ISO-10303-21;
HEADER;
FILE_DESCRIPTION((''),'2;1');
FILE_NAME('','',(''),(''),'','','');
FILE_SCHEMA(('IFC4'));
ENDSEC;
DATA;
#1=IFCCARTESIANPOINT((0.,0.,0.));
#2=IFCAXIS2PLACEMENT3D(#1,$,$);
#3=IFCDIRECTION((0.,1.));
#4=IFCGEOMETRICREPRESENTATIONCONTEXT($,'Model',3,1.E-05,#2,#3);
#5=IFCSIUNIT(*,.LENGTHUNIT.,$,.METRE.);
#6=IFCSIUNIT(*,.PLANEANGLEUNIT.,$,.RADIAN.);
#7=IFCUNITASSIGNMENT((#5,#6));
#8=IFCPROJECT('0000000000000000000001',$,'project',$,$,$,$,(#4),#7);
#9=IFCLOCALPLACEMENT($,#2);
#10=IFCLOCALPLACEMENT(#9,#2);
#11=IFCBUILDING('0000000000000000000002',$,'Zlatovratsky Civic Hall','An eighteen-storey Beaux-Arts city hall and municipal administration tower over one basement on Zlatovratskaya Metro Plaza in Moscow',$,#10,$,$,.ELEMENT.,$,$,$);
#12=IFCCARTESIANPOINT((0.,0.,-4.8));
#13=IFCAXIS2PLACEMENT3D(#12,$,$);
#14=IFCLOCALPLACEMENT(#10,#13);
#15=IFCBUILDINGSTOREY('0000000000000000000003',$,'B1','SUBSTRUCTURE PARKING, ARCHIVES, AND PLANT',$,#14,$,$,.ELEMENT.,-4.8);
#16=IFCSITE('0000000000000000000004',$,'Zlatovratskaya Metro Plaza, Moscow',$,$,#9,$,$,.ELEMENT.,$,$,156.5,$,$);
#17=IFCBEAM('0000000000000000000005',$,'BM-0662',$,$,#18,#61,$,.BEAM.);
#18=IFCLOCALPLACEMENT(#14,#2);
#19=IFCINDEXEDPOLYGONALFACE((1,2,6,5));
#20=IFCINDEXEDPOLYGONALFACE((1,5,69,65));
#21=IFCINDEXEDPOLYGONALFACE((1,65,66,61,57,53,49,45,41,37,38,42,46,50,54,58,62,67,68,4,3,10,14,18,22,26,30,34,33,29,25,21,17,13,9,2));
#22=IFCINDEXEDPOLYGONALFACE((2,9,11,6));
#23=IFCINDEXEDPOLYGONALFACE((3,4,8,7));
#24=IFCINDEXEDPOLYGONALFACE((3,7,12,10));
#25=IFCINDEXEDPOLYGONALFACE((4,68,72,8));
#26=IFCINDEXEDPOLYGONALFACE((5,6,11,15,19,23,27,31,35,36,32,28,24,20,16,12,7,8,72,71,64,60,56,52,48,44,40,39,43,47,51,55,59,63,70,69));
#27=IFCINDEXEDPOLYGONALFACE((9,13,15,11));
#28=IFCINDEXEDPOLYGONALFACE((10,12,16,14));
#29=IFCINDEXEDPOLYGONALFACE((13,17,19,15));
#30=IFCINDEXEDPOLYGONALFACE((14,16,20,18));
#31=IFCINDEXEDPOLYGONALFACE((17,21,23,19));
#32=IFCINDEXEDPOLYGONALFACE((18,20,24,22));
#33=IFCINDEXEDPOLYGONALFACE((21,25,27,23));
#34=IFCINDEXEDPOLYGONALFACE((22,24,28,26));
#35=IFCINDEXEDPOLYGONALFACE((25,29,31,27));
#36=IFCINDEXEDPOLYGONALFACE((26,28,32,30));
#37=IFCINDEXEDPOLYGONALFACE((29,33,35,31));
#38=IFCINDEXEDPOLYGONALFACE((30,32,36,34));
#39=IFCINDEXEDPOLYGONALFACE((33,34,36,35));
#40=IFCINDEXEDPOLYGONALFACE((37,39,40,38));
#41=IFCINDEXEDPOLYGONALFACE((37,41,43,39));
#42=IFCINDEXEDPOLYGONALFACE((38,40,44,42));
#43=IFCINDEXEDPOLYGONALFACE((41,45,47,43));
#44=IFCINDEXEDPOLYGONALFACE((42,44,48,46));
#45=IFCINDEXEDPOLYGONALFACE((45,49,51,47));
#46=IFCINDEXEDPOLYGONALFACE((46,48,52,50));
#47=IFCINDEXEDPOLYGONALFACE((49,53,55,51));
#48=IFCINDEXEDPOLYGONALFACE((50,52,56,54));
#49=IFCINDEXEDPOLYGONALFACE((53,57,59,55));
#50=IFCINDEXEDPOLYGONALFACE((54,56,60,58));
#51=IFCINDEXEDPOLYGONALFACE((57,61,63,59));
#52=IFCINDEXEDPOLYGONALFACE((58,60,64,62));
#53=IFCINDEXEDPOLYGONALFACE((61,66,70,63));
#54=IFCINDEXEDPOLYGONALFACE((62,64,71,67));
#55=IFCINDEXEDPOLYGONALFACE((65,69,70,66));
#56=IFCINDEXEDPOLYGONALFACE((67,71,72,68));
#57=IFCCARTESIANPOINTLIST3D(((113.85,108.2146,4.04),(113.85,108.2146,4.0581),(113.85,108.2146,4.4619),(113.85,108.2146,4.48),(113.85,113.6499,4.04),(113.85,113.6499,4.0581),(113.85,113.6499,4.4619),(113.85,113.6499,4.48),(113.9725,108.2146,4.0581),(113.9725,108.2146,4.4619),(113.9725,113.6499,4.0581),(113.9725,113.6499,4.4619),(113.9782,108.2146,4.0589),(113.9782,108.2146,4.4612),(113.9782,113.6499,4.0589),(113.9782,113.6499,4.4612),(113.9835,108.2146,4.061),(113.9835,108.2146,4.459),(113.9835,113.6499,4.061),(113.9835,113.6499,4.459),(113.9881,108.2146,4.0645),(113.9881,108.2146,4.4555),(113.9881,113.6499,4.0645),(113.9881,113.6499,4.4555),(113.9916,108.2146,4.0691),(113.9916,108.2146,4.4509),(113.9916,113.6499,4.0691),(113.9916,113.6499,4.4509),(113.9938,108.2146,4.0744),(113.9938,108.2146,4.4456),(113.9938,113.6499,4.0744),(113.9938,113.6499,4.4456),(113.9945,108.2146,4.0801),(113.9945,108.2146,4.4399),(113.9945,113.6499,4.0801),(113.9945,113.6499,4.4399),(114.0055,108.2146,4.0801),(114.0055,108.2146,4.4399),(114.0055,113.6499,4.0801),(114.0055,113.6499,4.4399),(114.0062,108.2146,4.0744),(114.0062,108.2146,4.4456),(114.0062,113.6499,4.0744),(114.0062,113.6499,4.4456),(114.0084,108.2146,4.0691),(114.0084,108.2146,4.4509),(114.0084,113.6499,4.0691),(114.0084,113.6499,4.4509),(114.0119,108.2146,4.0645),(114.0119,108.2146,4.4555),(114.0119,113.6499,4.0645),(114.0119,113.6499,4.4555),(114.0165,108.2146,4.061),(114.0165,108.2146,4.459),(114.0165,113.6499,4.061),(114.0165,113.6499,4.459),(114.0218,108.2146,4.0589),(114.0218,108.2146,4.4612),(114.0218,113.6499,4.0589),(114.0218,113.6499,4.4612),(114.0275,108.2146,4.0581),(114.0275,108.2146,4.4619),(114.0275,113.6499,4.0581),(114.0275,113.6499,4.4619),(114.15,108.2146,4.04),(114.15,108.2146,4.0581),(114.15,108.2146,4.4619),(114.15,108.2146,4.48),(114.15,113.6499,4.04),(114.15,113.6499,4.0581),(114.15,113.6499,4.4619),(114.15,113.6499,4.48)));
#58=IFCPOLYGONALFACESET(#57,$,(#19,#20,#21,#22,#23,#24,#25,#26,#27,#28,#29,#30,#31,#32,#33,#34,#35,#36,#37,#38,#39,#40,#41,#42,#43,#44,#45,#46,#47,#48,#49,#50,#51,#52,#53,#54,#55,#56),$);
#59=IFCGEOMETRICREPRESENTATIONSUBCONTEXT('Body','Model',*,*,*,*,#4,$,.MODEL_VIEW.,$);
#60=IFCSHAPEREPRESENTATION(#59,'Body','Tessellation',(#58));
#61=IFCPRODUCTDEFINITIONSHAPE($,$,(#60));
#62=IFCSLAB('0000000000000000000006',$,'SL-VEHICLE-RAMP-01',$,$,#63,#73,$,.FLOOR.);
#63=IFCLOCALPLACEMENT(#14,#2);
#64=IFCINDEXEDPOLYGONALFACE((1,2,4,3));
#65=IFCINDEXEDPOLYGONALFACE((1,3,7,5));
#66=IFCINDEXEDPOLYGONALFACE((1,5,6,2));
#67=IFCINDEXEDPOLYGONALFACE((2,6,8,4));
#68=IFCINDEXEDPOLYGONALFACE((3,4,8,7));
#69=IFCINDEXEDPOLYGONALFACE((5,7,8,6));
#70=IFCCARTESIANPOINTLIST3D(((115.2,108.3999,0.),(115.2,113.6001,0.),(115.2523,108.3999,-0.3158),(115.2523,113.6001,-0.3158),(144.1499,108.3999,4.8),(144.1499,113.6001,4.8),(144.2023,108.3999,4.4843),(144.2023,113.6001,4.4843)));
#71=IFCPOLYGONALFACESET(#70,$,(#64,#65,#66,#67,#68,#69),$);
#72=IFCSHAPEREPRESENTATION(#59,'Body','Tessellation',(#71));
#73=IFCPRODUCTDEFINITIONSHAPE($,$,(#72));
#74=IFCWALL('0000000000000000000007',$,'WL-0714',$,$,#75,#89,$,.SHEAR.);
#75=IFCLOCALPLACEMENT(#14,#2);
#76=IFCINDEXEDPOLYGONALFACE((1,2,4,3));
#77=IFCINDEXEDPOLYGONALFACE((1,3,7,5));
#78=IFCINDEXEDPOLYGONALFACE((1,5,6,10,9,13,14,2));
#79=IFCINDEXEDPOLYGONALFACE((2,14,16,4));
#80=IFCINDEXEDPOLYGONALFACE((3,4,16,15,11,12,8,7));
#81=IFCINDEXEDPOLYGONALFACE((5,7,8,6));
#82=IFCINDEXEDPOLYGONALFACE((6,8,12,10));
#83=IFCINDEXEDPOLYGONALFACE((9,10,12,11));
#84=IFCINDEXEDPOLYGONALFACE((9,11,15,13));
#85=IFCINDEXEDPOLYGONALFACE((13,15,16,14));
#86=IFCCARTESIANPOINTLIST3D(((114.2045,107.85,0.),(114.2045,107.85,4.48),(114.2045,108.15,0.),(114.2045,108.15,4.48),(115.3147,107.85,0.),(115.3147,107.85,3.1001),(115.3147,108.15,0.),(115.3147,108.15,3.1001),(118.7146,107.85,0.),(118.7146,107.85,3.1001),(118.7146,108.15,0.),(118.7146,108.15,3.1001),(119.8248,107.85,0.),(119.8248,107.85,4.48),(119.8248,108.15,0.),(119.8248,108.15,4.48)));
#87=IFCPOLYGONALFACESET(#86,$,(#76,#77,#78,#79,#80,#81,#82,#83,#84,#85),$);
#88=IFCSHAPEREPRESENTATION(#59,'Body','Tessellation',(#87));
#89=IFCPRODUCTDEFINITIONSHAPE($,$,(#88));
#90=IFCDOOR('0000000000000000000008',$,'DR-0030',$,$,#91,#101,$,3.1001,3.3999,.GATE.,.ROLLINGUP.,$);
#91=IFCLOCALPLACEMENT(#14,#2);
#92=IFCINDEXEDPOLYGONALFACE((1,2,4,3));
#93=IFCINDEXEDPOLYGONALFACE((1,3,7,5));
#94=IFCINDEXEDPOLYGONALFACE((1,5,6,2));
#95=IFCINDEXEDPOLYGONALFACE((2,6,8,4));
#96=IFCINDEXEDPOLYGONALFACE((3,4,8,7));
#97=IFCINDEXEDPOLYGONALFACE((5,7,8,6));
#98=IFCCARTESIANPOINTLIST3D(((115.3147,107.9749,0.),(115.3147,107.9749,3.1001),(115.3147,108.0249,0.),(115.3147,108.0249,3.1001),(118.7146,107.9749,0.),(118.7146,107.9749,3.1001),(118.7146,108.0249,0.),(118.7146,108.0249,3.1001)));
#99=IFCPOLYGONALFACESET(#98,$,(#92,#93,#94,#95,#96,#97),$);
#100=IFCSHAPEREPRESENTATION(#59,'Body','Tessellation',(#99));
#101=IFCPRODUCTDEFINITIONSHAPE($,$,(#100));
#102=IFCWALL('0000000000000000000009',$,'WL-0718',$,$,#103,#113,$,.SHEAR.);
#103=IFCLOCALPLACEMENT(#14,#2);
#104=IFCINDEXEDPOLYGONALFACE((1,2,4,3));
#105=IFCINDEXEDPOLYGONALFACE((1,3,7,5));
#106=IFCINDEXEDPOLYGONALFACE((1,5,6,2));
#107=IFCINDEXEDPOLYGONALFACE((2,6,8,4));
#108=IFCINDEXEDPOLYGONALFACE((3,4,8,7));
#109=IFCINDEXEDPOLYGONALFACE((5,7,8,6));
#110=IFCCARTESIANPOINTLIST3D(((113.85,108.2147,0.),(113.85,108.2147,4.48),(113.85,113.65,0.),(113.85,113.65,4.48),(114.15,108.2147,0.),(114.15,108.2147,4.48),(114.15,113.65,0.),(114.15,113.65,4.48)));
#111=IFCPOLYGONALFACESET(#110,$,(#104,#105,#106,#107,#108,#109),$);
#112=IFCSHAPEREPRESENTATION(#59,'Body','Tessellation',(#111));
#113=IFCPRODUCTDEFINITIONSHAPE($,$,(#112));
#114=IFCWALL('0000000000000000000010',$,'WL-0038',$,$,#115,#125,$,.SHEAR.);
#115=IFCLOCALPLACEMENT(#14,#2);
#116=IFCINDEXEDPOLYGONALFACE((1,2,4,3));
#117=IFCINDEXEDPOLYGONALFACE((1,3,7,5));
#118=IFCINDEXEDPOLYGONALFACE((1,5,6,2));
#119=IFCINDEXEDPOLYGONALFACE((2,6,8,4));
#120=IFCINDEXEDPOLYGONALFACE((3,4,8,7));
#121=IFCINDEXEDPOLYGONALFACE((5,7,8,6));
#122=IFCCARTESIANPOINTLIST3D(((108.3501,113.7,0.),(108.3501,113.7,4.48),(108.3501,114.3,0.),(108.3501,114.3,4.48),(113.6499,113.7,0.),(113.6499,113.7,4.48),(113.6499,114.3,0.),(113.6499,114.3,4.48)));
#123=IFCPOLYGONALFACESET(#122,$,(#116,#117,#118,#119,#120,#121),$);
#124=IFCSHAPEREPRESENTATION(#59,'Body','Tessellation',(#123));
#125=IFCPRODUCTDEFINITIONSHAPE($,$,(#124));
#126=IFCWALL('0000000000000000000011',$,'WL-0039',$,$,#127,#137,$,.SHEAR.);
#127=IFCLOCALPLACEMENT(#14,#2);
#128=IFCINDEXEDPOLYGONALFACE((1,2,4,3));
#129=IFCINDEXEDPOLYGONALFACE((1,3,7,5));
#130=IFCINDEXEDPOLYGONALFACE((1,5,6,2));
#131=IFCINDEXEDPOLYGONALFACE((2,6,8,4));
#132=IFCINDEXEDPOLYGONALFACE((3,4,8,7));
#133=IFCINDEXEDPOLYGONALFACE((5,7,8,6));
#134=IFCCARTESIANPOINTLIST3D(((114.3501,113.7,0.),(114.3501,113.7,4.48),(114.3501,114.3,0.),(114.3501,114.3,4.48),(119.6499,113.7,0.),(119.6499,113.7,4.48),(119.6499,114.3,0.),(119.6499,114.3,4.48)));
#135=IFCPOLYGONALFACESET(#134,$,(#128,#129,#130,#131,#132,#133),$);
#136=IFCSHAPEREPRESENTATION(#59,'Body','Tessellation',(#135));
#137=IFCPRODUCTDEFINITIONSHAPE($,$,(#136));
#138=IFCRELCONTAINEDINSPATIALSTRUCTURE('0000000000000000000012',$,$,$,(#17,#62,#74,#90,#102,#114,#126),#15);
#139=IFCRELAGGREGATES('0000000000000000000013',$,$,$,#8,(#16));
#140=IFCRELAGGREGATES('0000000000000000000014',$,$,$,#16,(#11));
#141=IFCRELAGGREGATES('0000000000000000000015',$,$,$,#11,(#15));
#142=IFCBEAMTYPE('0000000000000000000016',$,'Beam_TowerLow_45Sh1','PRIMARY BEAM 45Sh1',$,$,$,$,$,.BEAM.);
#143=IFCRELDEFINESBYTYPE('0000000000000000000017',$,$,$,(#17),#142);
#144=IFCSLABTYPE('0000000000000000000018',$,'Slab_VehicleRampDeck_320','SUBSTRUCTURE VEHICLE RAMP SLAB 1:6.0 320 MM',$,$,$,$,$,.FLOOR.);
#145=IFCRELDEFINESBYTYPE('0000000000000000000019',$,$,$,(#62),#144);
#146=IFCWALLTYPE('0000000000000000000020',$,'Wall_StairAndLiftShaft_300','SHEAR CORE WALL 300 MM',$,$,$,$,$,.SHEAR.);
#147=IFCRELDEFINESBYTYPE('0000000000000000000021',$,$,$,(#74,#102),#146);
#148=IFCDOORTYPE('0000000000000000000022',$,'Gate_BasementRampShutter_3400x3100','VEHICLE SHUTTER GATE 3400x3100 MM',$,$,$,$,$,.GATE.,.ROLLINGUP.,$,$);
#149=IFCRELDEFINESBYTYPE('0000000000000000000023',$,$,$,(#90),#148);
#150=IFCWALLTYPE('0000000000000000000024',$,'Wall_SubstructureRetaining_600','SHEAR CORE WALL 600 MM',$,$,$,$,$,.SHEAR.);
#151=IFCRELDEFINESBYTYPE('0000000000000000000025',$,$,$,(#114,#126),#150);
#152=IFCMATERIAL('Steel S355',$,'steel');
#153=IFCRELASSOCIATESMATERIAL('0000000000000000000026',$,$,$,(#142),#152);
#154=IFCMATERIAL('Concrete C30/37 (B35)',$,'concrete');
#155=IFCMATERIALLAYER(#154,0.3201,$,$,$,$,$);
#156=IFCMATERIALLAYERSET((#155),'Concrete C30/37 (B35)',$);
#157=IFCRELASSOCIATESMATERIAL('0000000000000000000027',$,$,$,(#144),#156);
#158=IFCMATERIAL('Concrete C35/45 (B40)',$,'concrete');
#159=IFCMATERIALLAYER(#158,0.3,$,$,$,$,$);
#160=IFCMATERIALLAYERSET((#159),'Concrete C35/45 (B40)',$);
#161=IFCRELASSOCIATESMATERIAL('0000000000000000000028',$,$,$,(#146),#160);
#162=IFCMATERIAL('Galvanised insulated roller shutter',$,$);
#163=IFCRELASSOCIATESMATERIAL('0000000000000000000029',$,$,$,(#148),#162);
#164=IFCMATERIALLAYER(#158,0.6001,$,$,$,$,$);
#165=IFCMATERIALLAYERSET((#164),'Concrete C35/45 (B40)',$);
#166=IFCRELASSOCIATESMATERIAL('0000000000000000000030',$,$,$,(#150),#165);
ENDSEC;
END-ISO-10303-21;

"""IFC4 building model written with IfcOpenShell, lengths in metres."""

from ifc_helpers import new_model, si_unit, direction, frame, frame_2d, origin, origin_2d, place, context, subcontext, project, spatial, polyline, rectangle, i_section, outline, extrude, material, layer, layer_set, material_profile, profile_set, type_object, element, fill, save


model = new_model("IFC4")

# Units and contexts
model_context = context("Model", 3, precision=1e-05, world=origin(), true_north=direction((0.0, 1.0)))
body_context = subcontext(model_context, "Body", "Model", "MODEL_VIEW")
ifc_project = project(units=[si_unit("LENGTHUNIT", "METRE"), si_unit("PLANEANGLEUNIT", "RADIAN")], contexts=[model_context])

# Site, building, storey
site_placement = place(None, origin())
site = spatial("IfcSite", under=ifc_project, at=site_placement, Name="Zlatovratskaya Metro Plaza, Moscow", CompositionType="ELEMENT", RefElevation=156.5)
building_placement = place(site_placement, origin())
building = spatial("IfcBuilding", under=site, at=building_placement, Name="Zlatovratsky Civic Hall", Description="An eighteen-storey Beaux-Arts city hall and municipal administration tower over one basement on Zlatovratskaya Metro Plaza in Moscow", CompositionType="ELEMENT")
storey_placement = place(building_placement, frame((0.0, 0.0, -4.8)))
storey = spatial("IfcBuildingStorey", under=building, at=storey_placement, Name="B1", Description="SUBSTRUCTURE PARKING, ARCHIVES, AND PLANT", CompositionType="ELEMENT", Elevation=-4.8)

# Shared definitions
ifc_material_1 = material(Name="Concrete C35/45 (B40)", Category="concrete")
ifc_material_2 = material(Name="Steel S355", Category="steel")

# Beam
ifc_material_profile_1 = material_profile(ifc_material_2, i_section(OverallWidth=0.3, OverallDepth=0.4399, WebThickness=0.011, FlangeThickness=0.0181, FilletRadius=0.022, at=origin_2d()), Name="45Sh1")
ifc_profile_set_1 = profile_set([ifc_material_profile_1], Name="Steel S355")
beam_type_1 = type_object("IfcBeamType", Name="Beam_TowerLow_45Sh1", Description="PRIMARY BEAM 45Sh1", PredefinedType="BEAM", material=ifc_profile_set_1)
for number, where, z_axis, x_axis, name in (
    (1, (114.0, 108.2146, 4.26), (0.0, 1.0, 0.0), (-1.0, 0.0, 0.0), "BM-0662"),
):
    element("IfcBeam", number, at=place(storey_placement, frame(where, z_axis=z_axis, x_axis=x_axis)), inside=storey, type_object=beam_type_1, Name=name, PredefinedType="BEAM", context=body_context, shape_type="SweptSolid", body=[
        extrude(i_section(OverallWidth=0.3, OverallDepth=0.4399, WebThickness=0.011, FlangeThickness=0.0181, FilletRadius=0.022, at=origin_2d()), origin(), (0.0, 0.0, 1.0), 5.4353),
    ])

# Slab
ifc_material_3 = material(Name="Concrete C30/37 (B35)", Category="concrete")
ifc_layer_1 = layer(ifc_material_3, 0.3201)
ifc_layer_set_1 = layer_set([ifc_layer_1], Name="Concrete C30/37 (B35)")
slab_type = type_object("IfcSlabType", Name="Slab_VehicleRampDeck_320", Description="SUBSTRUCTURE VEHICLE RAMP SLAB 1:6.0 320 MM", PredefinedType="FLOOR", material=ifc_layer_set_1)
slab_placement = place(storey_placement, frame((115.2, 108.3999, 0.0), z_axis=(-0.163572, 0.0, 0.986531), x_axis=(0.986531, 0.0, 0.163572)))
element("IfcSlab", 2, at=slab_placement, inside=storey, type_object=slab_type, Name="SL-VEHICLE-RAMP-01", PredefinedType="FLOOR", context=body_context, shape_type="SweptSolid", body=[
    extrude(outline(polyline([(0.0, 0.0), (29.3452, 0.0), (29.3452, 5.2002), (0.0, 5.2002), (0.0, 0.0)])), origin(), (0.0, 0.0, -1.0), 0.3201),
])

# Wall, opening, door
ifc_layer_2 = layer(ifc_material_1, 0.3)
ifc_layer_set_2 = layer_set([ifc_layer_2], Name="Concrete C35/45 (B40)")
wall_type_1 = type_object("IfcWallType", Name="Wall_StairAndLiftShaft_300", Description="SHEAR CORE WALL 300 MM", PredefinedType="SHEAR", material=ifc_layer_set_2)
wall_1_placement = place(storey_placement, frame((114.2046, 108.0, 0.0), z_axis=(0.0, 0.0, 1.0), x_axis=(1.0, 0.0, 0.0)))
wall_1 = element("IfcWall", 3, at=wall_1_placement, inside=storey, type_object=wall_type_1, Name="WL-0714", PredefinedType="SHEAR", context=body_context, shape_type="SweptSolid", body=[
    extrude(rectangle(XDim=5.6204, YDim=0.3, at=frame_2d((2.8101, 0.0))), origin(), (0.0, 0.0, 1.0), 4.48),
])
opening_placement = place(wall_1_placement, frame((1.1101, 0.0, 0.0)))
opening = element("IfcOpeningElement", 4, at=opening_placement, cuts=wall_1, PredefinedType="OPENING", context=body_context, shape_type="SweptSolid", body=[
    extrude(rectangle(XDim=3.3999, YDim=3.1001, at=frame_2d((1.7, 1.55))), frame((0.0, 0.165, 0.0), z_axis=(0.0, -1.0, 0.0), x_axis=(1.0, 0.0, 0.0)), (0.0, 0.0, 1.0), 0.3298),
])
ifc_material_4 = material(Name="Galvanised insulated roller shutter")
door_type = type_object("IfcDoorType", Name="Gate_BasementRampShutter_3400x3100", Description="VEHICLE SHUTTER GATE 3400x3100 MM", OperationType="ROLLINGUP", PredefinedType="GATE", material=ifc_material_4)
door_placement = place(opening_placement, origin())
door = element("IfcDoor", 5, at=door_placement, inside=storey, type_object=door_type, Name="DR-0030", OperationType="ROLLINGUP", OverallHeight=3.1001, OverallWidth=3.3999, PredefinedType="GATE", context=body_context, shape_type="SweptSolid", body=[
    extrude(rectangle(XDim=3.3999, YDim=3.1001, at=frame_2d((1.7, 1.55))), frame((0.0, 0.0249, 0.0), z_axis=(0.0, -1.0, 0.0), x_axis=(1.0, 0.0, 0.0)), (0.0, 0.0, 1.0), 0.05),
])
fill(opening, door)

# Walls
wall_2_placement = place(storey_placement, frame((114.0, 108.2146, 0.0), z_axis=(0.0, 0.0, 1.0), x_axis=(0.0, 1.0, 0.0)))
element("IfcWall", 6, at=wall_2_placement, inside=storey, type_object=wall_type_1, Name="WL-0718", PredefinedType="SHEAR", context=body_context, shape_type="SweptSolid", body=[
    extrude(rectangle(XDim=5.4353, YDim=0.3, at=frame_2d((2.7178, 0.0))), origin(), (0.0, 0.0, 1.0), 4.48),
])
ifc_layer_3 = layer(ifc_material_1, 0.6001)
ifc_layer_set_3 = layer_set([ifc_layer_3], Name="Concrete C35/45 (B40)")
wall_type_2 = type_object("IfcWallType", Name="Wall_SubstructureRetaining_600", Description="SHEAR CORE WALL 600 MM", PredefinedType="SHEAR", material=ifc_layer_set_3)
for number, where, z_axis, x_axis, name in (
    (7, (108.3501, 114.0, 0.0), (0.0, 0.0, 1.0), (1.0, 0.0, 0.0), "WL-0038"),
    (8, (114.3501, 114.0, 0.0), (0.0, 0.0, 1.0), (1.0, 0.0, 0.0), "WL-0039"),
):
    element("IfcWall", number, at=place(storey_placement, frame(where, z_axis=z_axis, x_axis=x_axis)), inside=storey, type_object=wall_type_2, Name=name, PredefinedType="SHEAR", context=body_context, shape_type="SweptSolid", body=[
        extrude(rectangle(XDim=5.2998, YDim=0.6001, at=frame_2d((2.6499, 0.0))), origin(), (0.0, 0.0, 1.0), 4.48),
    ])

save(model, "model.ifc")
